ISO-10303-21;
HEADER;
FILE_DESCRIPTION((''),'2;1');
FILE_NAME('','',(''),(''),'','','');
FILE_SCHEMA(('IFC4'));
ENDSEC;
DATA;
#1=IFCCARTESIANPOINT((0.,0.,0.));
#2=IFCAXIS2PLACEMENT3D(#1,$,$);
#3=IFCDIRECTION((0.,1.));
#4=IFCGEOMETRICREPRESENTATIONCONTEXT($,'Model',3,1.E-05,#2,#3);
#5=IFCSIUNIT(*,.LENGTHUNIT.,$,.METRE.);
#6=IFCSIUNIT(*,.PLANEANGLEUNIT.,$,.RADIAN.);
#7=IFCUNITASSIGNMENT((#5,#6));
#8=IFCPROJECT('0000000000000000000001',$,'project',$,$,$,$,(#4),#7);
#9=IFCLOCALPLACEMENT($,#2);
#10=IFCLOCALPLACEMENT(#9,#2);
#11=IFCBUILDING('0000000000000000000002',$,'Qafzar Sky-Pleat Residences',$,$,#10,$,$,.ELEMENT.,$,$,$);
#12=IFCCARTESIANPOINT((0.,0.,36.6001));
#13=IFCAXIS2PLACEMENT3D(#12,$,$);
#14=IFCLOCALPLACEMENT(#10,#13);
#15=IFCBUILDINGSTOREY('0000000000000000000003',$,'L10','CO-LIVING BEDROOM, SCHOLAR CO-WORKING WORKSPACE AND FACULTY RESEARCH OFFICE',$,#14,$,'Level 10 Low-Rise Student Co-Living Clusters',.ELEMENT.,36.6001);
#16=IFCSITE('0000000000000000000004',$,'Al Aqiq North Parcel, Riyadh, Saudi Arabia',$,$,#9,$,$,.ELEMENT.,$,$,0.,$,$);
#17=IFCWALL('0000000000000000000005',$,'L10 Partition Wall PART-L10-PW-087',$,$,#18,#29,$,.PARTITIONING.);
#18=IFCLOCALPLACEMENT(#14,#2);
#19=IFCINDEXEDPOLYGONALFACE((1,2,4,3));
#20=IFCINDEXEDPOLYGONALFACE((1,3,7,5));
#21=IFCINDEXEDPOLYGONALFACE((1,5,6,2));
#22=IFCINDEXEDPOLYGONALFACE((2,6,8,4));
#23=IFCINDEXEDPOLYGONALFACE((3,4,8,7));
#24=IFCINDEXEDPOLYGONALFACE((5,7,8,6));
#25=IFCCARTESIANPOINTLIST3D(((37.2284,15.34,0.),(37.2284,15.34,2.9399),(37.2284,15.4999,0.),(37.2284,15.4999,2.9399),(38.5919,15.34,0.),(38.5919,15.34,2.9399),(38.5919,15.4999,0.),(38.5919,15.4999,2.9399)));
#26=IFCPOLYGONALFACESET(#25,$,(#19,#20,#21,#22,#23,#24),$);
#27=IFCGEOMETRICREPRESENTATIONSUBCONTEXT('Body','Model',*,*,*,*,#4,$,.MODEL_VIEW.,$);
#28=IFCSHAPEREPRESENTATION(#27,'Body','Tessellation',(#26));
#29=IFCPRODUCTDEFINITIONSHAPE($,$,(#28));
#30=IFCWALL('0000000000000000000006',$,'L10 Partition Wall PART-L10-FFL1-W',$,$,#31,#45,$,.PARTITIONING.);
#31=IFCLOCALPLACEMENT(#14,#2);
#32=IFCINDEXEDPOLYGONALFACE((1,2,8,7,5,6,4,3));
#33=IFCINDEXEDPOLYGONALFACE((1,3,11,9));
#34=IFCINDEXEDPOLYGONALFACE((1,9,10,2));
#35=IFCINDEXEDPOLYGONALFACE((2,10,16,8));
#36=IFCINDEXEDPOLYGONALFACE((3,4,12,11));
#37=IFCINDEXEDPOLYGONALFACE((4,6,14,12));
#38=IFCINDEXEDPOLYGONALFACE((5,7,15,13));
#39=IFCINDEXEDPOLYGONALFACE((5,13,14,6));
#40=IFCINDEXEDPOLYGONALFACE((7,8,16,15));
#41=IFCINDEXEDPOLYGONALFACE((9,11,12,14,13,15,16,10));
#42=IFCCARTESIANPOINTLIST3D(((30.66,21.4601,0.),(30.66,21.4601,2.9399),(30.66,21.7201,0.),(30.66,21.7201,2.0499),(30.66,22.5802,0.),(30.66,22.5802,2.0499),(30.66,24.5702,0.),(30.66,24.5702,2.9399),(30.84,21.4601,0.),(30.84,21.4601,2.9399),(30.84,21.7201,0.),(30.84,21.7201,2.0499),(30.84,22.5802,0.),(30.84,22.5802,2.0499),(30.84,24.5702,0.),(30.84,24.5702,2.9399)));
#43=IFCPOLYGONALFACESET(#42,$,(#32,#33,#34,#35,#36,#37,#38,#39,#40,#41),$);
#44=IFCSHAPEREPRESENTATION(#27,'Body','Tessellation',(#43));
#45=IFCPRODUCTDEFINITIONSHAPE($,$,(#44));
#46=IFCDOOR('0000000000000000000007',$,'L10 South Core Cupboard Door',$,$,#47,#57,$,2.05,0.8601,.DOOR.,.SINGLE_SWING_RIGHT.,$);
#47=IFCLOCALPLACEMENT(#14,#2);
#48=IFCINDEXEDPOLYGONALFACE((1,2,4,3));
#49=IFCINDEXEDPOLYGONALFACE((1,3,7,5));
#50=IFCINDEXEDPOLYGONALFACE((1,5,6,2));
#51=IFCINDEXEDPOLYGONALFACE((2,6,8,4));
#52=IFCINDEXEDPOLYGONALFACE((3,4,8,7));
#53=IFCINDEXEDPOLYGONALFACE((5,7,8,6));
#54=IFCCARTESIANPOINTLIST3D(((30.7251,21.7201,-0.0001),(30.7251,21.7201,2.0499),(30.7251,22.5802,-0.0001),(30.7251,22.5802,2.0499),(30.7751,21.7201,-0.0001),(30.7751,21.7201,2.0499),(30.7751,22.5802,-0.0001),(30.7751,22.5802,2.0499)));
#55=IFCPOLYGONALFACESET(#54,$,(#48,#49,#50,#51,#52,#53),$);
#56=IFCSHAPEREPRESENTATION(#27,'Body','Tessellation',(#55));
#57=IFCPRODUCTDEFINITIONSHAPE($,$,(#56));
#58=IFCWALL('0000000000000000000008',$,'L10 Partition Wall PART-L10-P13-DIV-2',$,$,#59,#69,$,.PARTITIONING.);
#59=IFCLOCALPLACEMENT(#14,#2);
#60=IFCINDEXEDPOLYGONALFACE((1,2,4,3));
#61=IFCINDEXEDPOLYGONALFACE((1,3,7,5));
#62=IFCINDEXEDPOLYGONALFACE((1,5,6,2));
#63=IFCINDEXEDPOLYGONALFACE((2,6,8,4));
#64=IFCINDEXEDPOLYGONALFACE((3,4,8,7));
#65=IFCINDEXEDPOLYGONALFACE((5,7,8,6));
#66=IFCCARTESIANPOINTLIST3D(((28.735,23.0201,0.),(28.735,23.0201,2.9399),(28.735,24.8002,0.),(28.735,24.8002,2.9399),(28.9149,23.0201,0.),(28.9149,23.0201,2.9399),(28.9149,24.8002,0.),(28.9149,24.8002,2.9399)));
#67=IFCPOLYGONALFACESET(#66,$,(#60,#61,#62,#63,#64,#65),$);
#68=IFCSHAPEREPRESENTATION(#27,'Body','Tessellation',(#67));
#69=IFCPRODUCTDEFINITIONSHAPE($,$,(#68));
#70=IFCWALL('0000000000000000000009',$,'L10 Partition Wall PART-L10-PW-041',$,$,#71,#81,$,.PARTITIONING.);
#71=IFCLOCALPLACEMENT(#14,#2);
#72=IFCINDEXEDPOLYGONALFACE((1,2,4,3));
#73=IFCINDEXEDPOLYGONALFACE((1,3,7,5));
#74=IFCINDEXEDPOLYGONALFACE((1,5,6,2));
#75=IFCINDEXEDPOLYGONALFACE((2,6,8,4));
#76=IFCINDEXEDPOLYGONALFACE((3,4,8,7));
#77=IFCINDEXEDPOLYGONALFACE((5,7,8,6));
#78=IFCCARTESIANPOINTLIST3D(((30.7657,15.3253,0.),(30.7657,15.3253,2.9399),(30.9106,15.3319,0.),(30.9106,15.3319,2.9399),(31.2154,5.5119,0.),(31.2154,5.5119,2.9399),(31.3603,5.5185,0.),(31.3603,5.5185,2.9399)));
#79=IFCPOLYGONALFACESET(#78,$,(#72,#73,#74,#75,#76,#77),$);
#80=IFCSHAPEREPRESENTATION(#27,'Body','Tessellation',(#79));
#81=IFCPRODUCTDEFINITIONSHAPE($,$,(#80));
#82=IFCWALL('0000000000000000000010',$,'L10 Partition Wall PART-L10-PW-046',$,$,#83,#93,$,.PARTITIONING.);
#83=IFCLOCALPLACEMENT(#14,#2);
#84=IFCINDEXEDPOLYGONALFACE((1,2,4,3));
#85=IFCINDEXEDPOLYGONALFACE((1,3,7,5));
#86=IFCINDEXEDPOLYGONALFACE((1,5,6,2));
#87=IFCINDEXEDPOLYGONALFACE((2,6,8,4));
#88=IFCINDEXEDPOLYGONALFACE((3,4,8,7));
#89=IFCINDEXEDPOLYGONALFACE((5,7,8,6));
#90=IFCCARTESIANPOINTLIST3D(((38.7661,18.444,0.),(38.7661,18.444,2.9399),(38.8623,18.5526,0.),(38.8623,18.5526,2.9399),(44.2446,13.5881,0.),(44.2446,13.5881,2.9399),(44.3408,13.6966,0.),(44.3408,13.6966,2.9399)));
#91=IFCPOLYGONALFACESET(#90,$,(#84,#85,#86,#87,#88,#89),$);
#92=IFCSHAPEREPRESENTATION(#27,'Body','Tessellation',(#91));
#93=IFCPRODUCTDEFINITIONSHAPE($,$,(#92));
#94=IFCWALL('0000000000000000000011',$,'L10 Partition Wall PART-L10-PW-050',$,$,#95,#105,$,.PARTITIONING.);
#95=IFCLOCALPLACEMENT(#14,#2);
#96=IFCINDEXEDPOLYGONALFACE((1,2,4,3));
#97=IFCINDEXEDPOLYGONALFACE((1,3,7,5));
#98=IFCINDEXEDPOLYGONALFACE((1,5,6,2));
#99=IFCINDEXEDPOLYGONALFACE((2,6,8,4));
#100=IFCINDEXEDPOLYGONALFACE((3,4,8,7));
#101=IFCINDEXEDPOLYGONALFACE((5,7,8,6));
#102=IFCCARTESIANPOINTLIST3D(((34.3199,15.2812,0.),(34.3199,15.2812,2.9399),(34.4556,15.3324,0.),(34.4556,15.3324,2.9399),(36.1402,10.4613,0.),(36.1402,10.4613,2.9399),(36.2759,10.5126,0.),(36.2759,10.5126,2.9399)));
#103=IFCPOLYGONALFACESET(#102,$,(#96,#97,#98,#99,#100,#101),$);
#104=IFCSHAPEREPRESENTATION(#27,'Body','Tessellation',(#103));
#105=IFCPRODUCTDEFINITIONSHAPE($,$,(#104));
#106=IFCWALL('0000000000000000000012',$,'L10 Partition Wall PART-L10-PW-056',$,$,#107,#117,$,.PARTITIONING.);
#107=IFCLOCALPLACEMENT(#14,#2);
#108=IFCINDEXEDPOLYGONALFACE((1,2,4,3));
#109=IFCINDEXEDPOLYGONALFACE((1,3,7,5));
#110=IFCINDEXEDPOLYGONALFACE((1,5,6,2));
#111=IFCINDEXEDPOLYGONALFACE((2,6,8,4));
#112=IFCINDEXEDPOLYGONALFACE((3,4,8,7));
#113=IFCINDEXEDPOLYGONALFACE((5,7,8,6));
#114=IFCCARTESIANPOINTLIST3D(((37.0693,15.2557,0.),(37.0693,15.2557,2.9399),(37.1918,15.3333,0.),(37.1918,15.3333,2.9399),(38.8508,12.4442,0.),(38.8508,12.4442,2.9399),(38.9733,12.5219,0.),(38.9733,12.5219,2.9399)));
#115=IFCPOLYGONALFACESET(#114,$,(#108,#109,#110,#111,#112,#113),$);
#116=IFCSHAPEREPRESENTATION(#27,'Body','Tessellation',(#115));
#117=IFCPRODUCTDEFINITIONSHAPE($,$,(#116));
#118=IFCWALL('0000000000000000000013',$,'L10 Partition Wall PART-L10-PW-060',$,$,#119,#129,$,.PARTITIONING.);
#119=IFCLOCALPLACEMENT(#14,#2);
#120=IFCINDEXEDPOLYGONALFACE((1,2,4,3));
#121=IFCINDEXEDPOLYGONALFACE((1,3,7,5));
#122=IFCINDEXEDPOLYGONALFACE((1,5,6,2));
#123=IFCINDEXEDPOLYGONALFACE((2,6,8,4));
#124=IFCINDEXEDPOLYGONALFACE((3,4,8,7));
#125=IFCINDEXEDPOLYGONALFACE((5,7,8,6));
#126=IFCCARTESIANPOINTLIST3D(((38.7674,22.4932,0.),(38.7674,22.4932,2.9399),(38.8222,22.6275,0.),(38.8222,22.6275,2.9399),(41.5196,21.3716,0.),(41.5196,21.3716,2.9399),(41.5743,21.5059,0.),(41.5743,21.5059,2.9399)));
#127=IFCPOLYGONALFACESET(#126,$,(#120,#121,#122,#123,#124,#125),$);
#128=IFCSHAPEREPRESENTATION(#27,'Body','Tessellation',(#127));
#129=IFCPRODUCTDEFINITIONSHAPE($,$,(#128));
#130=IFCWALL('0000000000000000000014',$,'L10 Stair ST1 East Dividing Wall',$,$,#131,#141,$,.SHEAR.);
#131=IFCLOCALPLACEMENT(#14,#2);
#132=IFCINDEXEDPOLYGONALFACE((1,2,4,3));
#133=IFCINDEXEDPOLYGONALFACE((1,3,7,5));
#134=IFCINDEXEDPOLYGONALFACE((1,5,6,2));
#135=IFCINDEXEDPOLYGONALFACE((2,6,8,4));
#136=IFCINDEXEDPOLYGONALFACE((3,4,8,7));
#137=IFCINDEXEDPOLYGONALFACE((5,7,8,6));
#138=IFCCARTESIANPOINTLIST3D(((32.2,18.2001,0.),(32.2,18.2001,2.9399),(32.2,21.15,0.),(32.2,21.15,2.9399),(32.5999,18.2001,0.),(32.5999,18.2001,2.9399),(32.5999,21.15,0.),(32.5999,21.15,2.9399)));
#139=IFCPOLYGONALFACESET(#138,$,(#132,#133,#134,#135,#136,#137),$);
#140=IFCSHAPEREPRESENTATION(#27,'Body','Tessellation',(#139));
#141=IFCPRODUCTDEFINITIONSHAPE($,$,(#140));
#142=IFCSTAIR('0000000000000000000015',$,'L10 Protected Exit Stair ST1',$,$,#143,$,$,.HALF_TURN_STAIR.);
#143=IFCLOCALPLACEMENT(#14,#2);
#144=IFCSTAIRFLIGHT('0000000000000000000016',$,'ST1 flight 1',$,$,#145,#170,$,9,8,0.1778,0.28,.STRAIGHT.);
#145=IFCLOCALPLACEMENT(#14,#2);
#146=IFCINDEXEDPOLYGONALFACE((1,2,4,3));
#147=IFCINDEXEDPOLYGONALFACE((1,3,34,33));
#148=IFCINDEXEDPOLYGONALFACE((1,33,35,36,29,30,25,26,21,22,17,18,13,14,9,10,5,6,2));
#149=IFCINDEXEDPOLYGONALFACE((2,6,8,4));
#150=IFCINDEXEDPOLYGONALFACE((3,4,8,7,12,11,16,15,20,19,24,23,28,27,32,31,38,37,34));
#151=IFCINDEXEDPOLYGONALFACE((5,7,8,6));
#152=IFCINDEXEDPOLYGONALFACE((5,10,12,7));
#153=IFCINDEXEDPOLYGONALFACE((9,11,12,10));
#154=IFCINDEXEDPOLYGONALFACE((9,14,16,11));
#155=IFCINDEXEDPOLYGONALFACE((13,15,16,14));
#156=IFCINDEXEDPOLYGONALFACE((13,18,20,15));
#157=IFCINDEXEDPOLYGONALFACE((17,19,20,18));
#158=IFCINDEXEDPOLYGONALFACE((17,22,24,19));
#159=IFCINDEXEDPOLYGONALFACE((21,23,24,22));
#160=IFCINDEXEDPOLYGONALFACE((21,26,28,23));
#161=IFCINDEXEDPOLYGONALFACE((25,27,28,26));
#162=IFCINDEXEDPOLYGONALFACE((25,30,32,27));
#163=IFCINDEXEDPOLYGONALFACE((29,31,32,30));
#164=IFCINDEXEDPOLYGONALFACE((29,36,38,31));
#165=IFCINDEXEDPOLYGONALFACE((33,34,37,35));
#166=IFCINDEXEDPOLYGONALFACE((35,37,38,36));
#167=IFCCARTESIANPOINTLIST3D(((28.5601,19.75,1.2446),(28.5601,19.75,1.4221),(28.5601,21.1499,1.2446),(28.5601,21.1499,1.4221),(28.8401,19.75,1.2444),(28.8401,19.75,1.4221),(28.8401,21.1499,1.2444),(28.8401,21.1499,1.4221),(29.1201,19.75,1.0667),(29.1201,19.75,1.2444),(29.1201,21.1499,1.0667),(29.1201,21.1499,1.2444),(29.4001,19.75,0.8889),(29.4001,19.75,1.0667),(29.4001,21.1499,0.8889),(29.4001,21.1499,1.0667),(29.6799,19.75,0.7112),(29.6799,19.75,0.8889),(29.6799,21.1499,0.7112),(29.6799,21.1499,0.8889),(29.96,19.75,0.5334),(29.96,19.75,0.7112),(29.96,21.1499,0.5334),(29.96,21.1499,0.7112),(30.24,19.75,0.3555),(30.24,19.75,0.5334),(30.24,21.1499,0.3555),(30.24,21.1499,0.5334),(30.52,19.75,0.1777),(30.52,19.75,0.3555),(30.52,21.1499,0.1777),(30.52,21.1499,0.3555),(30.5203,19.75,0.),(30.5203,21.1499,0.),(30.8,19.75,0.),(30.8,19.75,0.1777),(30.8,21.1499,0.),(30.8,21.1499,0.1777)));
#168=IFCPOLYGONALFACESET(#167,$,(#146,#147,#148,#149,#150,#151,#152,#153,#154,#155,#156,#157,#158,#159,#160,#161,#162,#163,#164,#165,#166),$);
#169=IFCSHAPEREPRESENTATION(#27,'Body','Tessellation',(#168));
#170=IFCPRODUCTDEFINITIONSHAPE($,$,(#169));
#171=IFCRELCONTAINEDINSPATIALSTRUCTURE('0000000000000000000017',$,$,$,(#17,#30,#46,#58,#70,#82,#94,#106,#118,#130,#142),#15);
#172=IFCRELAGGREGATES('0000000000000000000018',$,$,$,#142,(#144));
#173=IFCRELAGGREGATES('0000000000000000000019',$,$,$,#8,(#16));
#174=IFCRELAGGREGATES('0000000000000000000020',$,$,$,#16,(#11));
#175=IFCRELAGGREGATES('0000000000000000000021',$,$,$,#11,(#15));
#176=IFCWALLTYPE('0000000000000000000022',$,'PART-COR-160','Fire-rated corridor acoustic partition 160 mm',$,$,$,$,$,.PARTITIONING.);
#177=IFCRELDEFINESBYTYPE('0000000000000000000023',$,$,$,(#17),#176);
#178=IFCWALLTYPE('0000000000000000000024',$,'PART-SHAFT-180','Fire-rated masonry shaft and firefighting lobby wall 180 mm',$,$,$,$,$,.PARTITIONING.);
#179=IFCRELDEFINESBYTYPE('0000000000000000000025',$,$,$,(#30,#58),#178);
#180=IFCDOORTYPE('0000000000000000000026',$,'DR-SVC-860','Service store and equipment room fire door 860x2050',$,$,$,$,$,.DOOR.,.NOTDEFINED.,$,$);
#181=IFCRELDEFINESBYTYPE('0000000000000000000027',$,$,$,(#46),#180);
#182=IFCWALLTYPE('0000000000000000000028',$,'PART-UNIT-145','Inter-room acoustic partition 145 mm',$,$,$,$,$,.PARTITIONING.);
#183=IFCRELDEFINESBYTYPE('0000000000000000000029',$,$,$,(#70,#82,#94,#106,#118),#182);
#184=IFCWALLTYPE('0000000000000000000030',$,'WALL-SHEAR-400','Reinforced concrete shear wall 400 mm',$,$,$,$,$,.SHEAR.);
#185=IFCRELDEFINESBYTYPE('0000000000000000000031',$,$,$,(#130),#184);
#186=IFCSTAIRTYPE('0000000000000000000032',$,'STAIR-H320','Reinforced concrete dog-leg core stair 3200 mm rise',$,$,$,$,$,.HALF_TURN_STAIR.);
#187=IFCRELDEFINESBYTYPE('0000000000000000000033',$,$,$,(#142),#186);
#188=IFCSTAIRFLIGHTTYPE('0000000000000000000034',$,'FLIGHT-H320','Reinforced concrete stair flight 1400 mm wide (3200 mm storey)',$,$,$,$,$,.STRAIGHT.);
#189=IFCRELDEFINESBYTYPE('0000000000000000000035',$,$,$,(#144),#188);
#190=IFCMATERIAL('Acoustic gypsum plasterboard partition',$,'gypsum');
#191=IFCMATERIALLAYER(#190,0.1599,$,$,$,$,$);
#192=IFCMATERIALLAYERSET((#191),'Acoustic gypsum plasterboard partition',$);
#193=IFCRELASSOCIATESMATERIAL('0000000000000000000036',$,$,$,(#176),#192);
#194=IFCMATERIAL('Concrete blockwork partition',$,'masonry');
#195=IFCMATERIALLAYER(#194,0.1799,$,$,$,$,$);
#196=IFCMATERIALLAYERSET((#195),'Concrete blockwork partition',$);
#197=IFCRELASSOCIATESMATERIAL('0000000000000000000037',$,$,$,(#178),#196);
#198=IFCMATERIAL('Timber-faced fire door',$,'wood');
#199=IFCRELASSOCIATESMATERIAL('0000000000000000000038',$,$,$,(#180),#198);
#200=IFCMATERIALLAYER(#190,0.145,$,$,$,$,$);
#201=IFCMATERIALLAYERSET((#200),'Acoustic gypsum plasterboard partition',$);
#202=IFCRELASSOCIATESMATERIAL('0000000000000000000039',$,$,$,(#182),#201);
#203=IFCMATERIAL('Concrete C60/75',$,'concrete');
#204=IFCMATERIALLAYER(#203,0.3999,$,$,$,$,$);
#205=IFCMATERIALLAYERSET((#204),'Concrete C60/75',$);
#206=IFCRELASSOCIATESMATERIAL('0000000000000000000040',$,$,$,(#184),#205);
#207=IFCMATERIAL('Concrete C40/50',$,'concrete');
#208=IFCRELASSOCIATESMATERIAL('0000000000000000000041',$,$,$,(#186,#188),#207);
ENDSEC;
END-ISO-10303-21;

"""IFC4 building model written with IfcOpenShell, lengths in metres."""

from ifc_helpers import new_model, si_unit, direction, frame, frame_2d, origin, place, context, subcontext, project, spatial, polyline, rectangle, outline, extrude, source, transform, mapped, material, layer, layer_set, type_object, element, fill, aggregate, save


model = new_model("IFC4")

# Units and contexts
model_context = context("Model", 3, precision=1e-05, world=origin(), true_north=direction((0.0, 1.0)))
body_context = subcontext(model_context, "Body", "Model", "MODEL_VIEW")
ifc_project = project(units=[si_unit("LENGTHUNIT", "METRE"), si_unit("PLANEANGLEUNIT", "RADIAN")], contexts=[model_context])

# Site, building, storey
site_placement = place(None, origin())
site = spatial("IfcSite", under=ifc_project, at=site_placement, Name="Al Aqiq North Parcel, Riyadh, Saudi Arabia", CompositionType="ELEMENT", RefElevation=0.0)
building_placement = place(site_placement, origin())
building = spatial("IfcBuilding", under=site, at=building_placement, Name="Qafzar Sky-Pleat Residences", CompositionType="ELEMENT")
storey_placement = place(building_placement, frame((0.0, 0.0, 36.6001)))
storey = spatial("IfcBuildingStorey", under=building, at=storey_placement, Name="L10", Description="CO-LIVING BEDROOM, SCHOLAR CO-WORKING WORKSPACE AND FACULTY RESEARCH OFFICE", LongName="Level 10 Low-Rise Student Co-Living Clusters", CompositionType="ELEMENT", Elevation=36.6001)

# Shared definitions
ifc_material_1 = material(Name="Acoustic gypsum plasterboard partition", Category="gypsum")
ifc_layer_1 = layer(ifc_material_1, 0.1599)
ifc_layer_set_1 = layer_set([ifc_layer_1], Name="Acoustic gypsum plasterboard partition")
wall_type_1 = type_object("IfcWallType", Name="PART-COR-160", Description="Fire-rated corridor acoustic partition 160 mm", PredefinedType="PARTITIONING", material=ifc_layer_set_1)
ifc_material_2 = material(Name="Timber-faced fire door", Category="wood")

# Wall
wall_1_placement = place(storey_placement, frame((37.2285, 15.4199, 0.0), z_axis=(0.0, 0.0, 1.0), x_axis=(1.0, 0.0, 0.0)))
element("IfcWall", 1, at=wall_1_placement, inside=storey, type_object=wall_type_1, Name="L10 Partition Wall PART-L10-PW-087", PredefinedType="PARTITIONING", context=body_context, shape_type="SweptSolid", body=[
    extrude(rectangle(XDim=1.3635, YDim=0.1599, at=frame_2d((0.6816, 0.0))), origin(), (0.0, 0.0, 1.0), 2.9399),
])

# Wall, opening, door
ifc_material_3 = material(Name="Concrete blockwork partition", Category="masonry")
ifc_layer_2 = layer(ifc_material_3, 0.1799)
ifc_layer_set_2 = layer_set([ifc_layer_2], Name="Concrete blockwork partition")
wall_type_2 = type_object("IfcWallType", Name="PART-SHAFT-180", Description="Fire-rated masonry shaft and firefighting lobby wall 180 mm", PredefinedType="PARTITIONING", material=ifc_layer_set_2)
wall_2_placement = place(storey_placement, frame((30.75, 21.46, 0.0), z_axis=(0.0, 0.0, 1.0), x_axis=(0.0, 1.0, 0.0)))
wall_2 = element("IfcWall", 2, at=wall_2_placement, inside=storey, type_object=wall_type_2, Name="L10 Partition Wall PART-L10-FFL1-W", PredefinedType="PARTITIONING", context=body_context, shape_type="SweptSolid", body=[
    extrude(rectangle(XDim=3.1101, YDim=0.1799, at=frame_2d((1.5552, 0.0))), origin(), (0.0, 0.0, 1.0), 2.9399),
])
opening_1_placement = place(wall_2_placement, frame((0.26, 0.0, 0.0)))
opening_1 = element("IfcOpeningElement", 3, at=opening_1_placement, cuts=wall_2, PredefinedType="OPENING", context=body_context, shape_type="SweptSolid", body=[
    extrude(rectangle(XDim=0.8601, YDim=2.05, at=frame_2d((0.4302, 1.0249))), frame((0.0, 0.1001, 0.0), z_axis=(0.0, -1.0, 0.0), x_axis=(1.0, 0.0, 0.0)), (0.0, 0.0, 1.0), 0.2),
])
door_type_1 = type_object("IfcDoorType", Name="DR-SVC-860", Description="Service store and equipment room fire door 860x2050", OperationType="NOTDEFINED", PredefinedType="DOOR", material=ifc_material_2)
shared_shape_1 = source(origin(), body_context, "Body", "SweptSolid", [
    extrude(rectangle(XDim=0.8601, YDim=2.05, at=frame_2d((0.4302, 1.0249))), frame((0.0, 0.0249, 0.0), z_axis=(0.0, -1.0, 0.0), x_axis=(1.0, 0.0, 0.0)), (0.0, 0.0, 1.0), 0.05),
])
door_1_placement = place(opening_1_placement, origin())
door_1 = element("IfcDoor", 4, at=door_1_placement, inside=storey, type_object=door_type_1, Name="L10 South Core Cupboard Door", OperationType="SINGLE_SWING_RIGHT", OverallHeight=2.05, OverallWidth=0.8601, PredefinedType="DOOR", context=body_context, shape_type="MappedRepresentation", body=[
    mapped(shared_shape_1, transform((0.0, 0.0, 0.0), x_axis=(1.0, 0.0, 0.0), y_axis=(0.0, 1.0, 0.0), z_axis=(0.0, 0.0, 1.0), scale=1.0)),
])
fill(opening_1, door_1)

# Walls
wall_3_placement = place(storey_placement, frame((28.825, 23.02, 0.0), z_axis=(0.0, 0.0, 1.0), x_axis=(0.0, 1.0, 0.0)))
element("IfcWall", 5, at=wall_3_placement, inside=storey, type_object=wall_type_2, Name="L10 Partition Wall PART-L10-P13-DIV-2", PredefinedType="PARTITIONING", context=body_context, shape_type="SweptSolid", body=[
    extrude(rectangle(XDim=1.78, YDim=0.1799, at=frame_2d((0.8901, 0.0))), origin(), (0.0, 0.0, 1.0), 2.9399),
])
ifc_layer_3 = layer(ifc_material_1, 0.145)
ifc_layer_set_3 = layer_set([ifc_layer_3], Name="Acoustic gypsum plasterboard partition")
wall_type_3 = type_object("IfcWallType", Name="PART-UNIT-145", Description="Inter-room acoustic partition 145 mm", PredefinedType="PARTITIONING", material=ifc_layer_set_3)
wall_4_placement = place(storey_placement, frame((30.8381, 15.3286, 0.0), z_axis=(0.0, 0.0, 1.0), x_axis=(0.045777, -0.998952, 0.0)))
element("IfcWall", 6, at=wall_4_placement, inside=storey, type_object=wall_type_3, Name="L10 Partition Wall PART-L10-PW-041", PredefinedType="PARTITIONING", context=body_context, shape_type="SweptSolid", body=[
    extrude(rectangle(XDim=9.8237, YDim=0.145, at=frame_2d((4.9119, 0.0))), origin(), (0.0, 0.0, 1.0), 2.9399),
])
wall_5_placement = place(storey_placement, frame((38.8142, 18.4983, 0.0), z_axis=(0.0, 0.0, 1.0), x_axis=(0.748347, -0.663308, 0.0)))
element("IfcWall", 7, at=wall_5_placement, inside=storey, type_object=wall_type_3, Name="L10 Partition Wall PART-L10-PW-046", PredefinedType="PARTITIONING", context=body_context, shape_type="SweptSolid", body=[
    extrude(rectangle(XDim=7.3208, YDim=0.145, at=frame_2d((3.6604, 0.0))), origin(), (0.0, 0.0, 1.0), 2.9399),
])
wall_6_placement = place(storey_placement, frame((34.3877, 15.3069, 0.0), z_axis=(0.0, 0.0, 1.0), x_axis=(0.353314, -0.935505, 0.0)))
element("IfcWall", 8, at=wall_6_placement, inside=storey, type_object=wall_type_3, Name="L10 Partition Wall PART-L10-PW-050", PredefinedType="PARTITIONING", context=body_context, shape_type="SweptSolid", body=[
    extrude(rectangle(XDim=5.1521, YDim=0.145, at=frame_2d((2.5762, 0.0))), origin(), (0.0, 0.0, 1.0), 2.9399),
])
wall_7_placement = place(storey_placement, frame((37.1306, 15.2944, 0.0), z_axis=(0.0, 0.0, 1.0), x_axis=(0.535237, -0.844702, 0.0)))
element("IfcWall", 9, at=wall_7_placement, inside=storey, type_object=wall_type_3, Name="L10 Partition Wall PART-L10-PW-056", PredefinedType="PARTITIONING", context=body_context, shape_type="SweptSolid", body=[
    extrude(rectangle(XDim=3.3284, YDim=0.145, at=frame_2d((1.6641, 0.0))), origin(), (0.0, 0.0, 1.0), 2.9399),
])
wall_8_placement = place(storey_placement, frame((38.7949, 22.5603, 0.0), z_axis=(0.0, 0.0, 1.0), x_axis=(0.926055, -0.377388, 0.0)))
element("IfcWall", 10, at=wall_8_placement, inside=storey, type_object=wall_type_3, Name="L10 Partition Wall PART-L10-PW-060", PredefinedType="PARTITIONING", context=body_context, shape_type="SweptSolid", body=[
    extrude(rectangle(XDim=2.9719, YDim=0.145, at=frame_2d((1.4858, 0.0))), origin(), (0.0, 0.0, 1.0), 2.9399),
])
ifc_material_4 = material(Name="Concrete C60/75", Category="concrete")
ifc_layer_4 = layer(ifc_material_4, 0.3999)
ifc_layer_set_4 = layer_set([ifc_layer_4], Name="Concrete C60/75")
wall_type_4 = type_object("IfcWallType", Name="WALL-SHEAR-400", Description="Reinforced concrete shear wall 400 mm", PredefinedType="SHEAR", material=ifc_layer_set_4)
wall_9_placement = place(storey_placement, frame((32.3999, 18.2, 0.0), z_axis=(0.0, 0.0, 1.0), x_axis=(0.0, 1.0, 0.0)))
element("IfcWall", 11, at=wall_9_placement, inside=storey, type_object=wall_type_4, Name="L10 Stair ST1 East Dividing Wall", PredefinedType="SHEAR", context=body_context, shape_type="SweptSolid", body=[
    extrude(rectangle(XDim=2.95, YDim=0.3999, at=frame_2d((1.4751, 0.0))), origin(), (0.0, 0.0, 1.0), 2.9399),
])

# Stair, stair flight
ifc_material_5 = material(Name="Concrete C40/50", Category="concrete")
stair_type = type_object("IfcStairType", Name="STAIR-H320", Description="Reinforced concrete dog-leg core stair 3200 mm rise", PredefinedType="HALF_TURN_STAIR", material=ifc_material_5)
stair_placement = place(storey_placement, origin())
stair = element("IfcStair", 12, at=stair_placement, inside=storey, type_object=stair_type, Name="L10 Protected Exit Stair ST1", PredefinedType="HALF_TURN_STAIR")
stair_flight_type = type_object("IfcStairFlightType", Name="FLIGHT-H320", Description="Reinforced concrete stair flight 1400 mm wide (3200 mm storey)", PredefinedType="STRAIGHT", material=ifc_material_5)
shared_shape_2 = source(origin(), body_context, "Body", "SweptSolid", [
    extrude(outline(polyline([(0.0, 0.0), (0.0, 0.1777), (0.28, 0.1777), (0.28, 0.3555), (0.5601, 0.3555), (0.5601, 0.5334), (0.8401, 0.5334), (0.8401, 0.7112), (1.1201, 0.7112), (1.1201, 0.8889), (1.3999, 0.8889), (1.3999, 1.0667), (1.6799, 1.0667), (1.6799, 1.2444), (1.96, 1.2444), (1.96, 1.4221), (2.24, 1.4221), (2.24, 1.6001), (2.24, 1.2446), (0.2798, 0.0), (0.0, 0.0)])), frame((0.0, 0.7, 0.0), z_axis=(0.0, -1.0, 0.0), x_axis=(1.0, 0.0, 0.0)), (0.0, 0.0, 1.0), 1.3999),
])
stair_flight_1_placement = place(storey_placement, frame((30.8, 20.45, 0.0), z_axis=(0.0, 0.0, 1.0), x_axis=(-1.0, 0.0, 0.0)))
stair_flight_1 = element("IfcStairFlight", 13, at=stair_flight_1_placement, type_object=stair_flight_type, Name="ST1 flight 1", NumberOfRisers=9, NumberOfTreads=8, PredefinedType="STRAIGHT", RiserHeight=0.1778, TreadLength=0.28, context=body_context, shape_type="MappedRepresentation", body=[
    mapped(shared_shape_2, transform((0.0, 0.0, 0.0), x_axis=(1.0, 0.0, 0.0), y_axis=(0.0, 1.0, 0.0), z_axis=(0.0, 0.0, 1.0), scale=1.0)),
])
aggregate(stair, [stair_flight_1])

save(model, "model.ifc")
